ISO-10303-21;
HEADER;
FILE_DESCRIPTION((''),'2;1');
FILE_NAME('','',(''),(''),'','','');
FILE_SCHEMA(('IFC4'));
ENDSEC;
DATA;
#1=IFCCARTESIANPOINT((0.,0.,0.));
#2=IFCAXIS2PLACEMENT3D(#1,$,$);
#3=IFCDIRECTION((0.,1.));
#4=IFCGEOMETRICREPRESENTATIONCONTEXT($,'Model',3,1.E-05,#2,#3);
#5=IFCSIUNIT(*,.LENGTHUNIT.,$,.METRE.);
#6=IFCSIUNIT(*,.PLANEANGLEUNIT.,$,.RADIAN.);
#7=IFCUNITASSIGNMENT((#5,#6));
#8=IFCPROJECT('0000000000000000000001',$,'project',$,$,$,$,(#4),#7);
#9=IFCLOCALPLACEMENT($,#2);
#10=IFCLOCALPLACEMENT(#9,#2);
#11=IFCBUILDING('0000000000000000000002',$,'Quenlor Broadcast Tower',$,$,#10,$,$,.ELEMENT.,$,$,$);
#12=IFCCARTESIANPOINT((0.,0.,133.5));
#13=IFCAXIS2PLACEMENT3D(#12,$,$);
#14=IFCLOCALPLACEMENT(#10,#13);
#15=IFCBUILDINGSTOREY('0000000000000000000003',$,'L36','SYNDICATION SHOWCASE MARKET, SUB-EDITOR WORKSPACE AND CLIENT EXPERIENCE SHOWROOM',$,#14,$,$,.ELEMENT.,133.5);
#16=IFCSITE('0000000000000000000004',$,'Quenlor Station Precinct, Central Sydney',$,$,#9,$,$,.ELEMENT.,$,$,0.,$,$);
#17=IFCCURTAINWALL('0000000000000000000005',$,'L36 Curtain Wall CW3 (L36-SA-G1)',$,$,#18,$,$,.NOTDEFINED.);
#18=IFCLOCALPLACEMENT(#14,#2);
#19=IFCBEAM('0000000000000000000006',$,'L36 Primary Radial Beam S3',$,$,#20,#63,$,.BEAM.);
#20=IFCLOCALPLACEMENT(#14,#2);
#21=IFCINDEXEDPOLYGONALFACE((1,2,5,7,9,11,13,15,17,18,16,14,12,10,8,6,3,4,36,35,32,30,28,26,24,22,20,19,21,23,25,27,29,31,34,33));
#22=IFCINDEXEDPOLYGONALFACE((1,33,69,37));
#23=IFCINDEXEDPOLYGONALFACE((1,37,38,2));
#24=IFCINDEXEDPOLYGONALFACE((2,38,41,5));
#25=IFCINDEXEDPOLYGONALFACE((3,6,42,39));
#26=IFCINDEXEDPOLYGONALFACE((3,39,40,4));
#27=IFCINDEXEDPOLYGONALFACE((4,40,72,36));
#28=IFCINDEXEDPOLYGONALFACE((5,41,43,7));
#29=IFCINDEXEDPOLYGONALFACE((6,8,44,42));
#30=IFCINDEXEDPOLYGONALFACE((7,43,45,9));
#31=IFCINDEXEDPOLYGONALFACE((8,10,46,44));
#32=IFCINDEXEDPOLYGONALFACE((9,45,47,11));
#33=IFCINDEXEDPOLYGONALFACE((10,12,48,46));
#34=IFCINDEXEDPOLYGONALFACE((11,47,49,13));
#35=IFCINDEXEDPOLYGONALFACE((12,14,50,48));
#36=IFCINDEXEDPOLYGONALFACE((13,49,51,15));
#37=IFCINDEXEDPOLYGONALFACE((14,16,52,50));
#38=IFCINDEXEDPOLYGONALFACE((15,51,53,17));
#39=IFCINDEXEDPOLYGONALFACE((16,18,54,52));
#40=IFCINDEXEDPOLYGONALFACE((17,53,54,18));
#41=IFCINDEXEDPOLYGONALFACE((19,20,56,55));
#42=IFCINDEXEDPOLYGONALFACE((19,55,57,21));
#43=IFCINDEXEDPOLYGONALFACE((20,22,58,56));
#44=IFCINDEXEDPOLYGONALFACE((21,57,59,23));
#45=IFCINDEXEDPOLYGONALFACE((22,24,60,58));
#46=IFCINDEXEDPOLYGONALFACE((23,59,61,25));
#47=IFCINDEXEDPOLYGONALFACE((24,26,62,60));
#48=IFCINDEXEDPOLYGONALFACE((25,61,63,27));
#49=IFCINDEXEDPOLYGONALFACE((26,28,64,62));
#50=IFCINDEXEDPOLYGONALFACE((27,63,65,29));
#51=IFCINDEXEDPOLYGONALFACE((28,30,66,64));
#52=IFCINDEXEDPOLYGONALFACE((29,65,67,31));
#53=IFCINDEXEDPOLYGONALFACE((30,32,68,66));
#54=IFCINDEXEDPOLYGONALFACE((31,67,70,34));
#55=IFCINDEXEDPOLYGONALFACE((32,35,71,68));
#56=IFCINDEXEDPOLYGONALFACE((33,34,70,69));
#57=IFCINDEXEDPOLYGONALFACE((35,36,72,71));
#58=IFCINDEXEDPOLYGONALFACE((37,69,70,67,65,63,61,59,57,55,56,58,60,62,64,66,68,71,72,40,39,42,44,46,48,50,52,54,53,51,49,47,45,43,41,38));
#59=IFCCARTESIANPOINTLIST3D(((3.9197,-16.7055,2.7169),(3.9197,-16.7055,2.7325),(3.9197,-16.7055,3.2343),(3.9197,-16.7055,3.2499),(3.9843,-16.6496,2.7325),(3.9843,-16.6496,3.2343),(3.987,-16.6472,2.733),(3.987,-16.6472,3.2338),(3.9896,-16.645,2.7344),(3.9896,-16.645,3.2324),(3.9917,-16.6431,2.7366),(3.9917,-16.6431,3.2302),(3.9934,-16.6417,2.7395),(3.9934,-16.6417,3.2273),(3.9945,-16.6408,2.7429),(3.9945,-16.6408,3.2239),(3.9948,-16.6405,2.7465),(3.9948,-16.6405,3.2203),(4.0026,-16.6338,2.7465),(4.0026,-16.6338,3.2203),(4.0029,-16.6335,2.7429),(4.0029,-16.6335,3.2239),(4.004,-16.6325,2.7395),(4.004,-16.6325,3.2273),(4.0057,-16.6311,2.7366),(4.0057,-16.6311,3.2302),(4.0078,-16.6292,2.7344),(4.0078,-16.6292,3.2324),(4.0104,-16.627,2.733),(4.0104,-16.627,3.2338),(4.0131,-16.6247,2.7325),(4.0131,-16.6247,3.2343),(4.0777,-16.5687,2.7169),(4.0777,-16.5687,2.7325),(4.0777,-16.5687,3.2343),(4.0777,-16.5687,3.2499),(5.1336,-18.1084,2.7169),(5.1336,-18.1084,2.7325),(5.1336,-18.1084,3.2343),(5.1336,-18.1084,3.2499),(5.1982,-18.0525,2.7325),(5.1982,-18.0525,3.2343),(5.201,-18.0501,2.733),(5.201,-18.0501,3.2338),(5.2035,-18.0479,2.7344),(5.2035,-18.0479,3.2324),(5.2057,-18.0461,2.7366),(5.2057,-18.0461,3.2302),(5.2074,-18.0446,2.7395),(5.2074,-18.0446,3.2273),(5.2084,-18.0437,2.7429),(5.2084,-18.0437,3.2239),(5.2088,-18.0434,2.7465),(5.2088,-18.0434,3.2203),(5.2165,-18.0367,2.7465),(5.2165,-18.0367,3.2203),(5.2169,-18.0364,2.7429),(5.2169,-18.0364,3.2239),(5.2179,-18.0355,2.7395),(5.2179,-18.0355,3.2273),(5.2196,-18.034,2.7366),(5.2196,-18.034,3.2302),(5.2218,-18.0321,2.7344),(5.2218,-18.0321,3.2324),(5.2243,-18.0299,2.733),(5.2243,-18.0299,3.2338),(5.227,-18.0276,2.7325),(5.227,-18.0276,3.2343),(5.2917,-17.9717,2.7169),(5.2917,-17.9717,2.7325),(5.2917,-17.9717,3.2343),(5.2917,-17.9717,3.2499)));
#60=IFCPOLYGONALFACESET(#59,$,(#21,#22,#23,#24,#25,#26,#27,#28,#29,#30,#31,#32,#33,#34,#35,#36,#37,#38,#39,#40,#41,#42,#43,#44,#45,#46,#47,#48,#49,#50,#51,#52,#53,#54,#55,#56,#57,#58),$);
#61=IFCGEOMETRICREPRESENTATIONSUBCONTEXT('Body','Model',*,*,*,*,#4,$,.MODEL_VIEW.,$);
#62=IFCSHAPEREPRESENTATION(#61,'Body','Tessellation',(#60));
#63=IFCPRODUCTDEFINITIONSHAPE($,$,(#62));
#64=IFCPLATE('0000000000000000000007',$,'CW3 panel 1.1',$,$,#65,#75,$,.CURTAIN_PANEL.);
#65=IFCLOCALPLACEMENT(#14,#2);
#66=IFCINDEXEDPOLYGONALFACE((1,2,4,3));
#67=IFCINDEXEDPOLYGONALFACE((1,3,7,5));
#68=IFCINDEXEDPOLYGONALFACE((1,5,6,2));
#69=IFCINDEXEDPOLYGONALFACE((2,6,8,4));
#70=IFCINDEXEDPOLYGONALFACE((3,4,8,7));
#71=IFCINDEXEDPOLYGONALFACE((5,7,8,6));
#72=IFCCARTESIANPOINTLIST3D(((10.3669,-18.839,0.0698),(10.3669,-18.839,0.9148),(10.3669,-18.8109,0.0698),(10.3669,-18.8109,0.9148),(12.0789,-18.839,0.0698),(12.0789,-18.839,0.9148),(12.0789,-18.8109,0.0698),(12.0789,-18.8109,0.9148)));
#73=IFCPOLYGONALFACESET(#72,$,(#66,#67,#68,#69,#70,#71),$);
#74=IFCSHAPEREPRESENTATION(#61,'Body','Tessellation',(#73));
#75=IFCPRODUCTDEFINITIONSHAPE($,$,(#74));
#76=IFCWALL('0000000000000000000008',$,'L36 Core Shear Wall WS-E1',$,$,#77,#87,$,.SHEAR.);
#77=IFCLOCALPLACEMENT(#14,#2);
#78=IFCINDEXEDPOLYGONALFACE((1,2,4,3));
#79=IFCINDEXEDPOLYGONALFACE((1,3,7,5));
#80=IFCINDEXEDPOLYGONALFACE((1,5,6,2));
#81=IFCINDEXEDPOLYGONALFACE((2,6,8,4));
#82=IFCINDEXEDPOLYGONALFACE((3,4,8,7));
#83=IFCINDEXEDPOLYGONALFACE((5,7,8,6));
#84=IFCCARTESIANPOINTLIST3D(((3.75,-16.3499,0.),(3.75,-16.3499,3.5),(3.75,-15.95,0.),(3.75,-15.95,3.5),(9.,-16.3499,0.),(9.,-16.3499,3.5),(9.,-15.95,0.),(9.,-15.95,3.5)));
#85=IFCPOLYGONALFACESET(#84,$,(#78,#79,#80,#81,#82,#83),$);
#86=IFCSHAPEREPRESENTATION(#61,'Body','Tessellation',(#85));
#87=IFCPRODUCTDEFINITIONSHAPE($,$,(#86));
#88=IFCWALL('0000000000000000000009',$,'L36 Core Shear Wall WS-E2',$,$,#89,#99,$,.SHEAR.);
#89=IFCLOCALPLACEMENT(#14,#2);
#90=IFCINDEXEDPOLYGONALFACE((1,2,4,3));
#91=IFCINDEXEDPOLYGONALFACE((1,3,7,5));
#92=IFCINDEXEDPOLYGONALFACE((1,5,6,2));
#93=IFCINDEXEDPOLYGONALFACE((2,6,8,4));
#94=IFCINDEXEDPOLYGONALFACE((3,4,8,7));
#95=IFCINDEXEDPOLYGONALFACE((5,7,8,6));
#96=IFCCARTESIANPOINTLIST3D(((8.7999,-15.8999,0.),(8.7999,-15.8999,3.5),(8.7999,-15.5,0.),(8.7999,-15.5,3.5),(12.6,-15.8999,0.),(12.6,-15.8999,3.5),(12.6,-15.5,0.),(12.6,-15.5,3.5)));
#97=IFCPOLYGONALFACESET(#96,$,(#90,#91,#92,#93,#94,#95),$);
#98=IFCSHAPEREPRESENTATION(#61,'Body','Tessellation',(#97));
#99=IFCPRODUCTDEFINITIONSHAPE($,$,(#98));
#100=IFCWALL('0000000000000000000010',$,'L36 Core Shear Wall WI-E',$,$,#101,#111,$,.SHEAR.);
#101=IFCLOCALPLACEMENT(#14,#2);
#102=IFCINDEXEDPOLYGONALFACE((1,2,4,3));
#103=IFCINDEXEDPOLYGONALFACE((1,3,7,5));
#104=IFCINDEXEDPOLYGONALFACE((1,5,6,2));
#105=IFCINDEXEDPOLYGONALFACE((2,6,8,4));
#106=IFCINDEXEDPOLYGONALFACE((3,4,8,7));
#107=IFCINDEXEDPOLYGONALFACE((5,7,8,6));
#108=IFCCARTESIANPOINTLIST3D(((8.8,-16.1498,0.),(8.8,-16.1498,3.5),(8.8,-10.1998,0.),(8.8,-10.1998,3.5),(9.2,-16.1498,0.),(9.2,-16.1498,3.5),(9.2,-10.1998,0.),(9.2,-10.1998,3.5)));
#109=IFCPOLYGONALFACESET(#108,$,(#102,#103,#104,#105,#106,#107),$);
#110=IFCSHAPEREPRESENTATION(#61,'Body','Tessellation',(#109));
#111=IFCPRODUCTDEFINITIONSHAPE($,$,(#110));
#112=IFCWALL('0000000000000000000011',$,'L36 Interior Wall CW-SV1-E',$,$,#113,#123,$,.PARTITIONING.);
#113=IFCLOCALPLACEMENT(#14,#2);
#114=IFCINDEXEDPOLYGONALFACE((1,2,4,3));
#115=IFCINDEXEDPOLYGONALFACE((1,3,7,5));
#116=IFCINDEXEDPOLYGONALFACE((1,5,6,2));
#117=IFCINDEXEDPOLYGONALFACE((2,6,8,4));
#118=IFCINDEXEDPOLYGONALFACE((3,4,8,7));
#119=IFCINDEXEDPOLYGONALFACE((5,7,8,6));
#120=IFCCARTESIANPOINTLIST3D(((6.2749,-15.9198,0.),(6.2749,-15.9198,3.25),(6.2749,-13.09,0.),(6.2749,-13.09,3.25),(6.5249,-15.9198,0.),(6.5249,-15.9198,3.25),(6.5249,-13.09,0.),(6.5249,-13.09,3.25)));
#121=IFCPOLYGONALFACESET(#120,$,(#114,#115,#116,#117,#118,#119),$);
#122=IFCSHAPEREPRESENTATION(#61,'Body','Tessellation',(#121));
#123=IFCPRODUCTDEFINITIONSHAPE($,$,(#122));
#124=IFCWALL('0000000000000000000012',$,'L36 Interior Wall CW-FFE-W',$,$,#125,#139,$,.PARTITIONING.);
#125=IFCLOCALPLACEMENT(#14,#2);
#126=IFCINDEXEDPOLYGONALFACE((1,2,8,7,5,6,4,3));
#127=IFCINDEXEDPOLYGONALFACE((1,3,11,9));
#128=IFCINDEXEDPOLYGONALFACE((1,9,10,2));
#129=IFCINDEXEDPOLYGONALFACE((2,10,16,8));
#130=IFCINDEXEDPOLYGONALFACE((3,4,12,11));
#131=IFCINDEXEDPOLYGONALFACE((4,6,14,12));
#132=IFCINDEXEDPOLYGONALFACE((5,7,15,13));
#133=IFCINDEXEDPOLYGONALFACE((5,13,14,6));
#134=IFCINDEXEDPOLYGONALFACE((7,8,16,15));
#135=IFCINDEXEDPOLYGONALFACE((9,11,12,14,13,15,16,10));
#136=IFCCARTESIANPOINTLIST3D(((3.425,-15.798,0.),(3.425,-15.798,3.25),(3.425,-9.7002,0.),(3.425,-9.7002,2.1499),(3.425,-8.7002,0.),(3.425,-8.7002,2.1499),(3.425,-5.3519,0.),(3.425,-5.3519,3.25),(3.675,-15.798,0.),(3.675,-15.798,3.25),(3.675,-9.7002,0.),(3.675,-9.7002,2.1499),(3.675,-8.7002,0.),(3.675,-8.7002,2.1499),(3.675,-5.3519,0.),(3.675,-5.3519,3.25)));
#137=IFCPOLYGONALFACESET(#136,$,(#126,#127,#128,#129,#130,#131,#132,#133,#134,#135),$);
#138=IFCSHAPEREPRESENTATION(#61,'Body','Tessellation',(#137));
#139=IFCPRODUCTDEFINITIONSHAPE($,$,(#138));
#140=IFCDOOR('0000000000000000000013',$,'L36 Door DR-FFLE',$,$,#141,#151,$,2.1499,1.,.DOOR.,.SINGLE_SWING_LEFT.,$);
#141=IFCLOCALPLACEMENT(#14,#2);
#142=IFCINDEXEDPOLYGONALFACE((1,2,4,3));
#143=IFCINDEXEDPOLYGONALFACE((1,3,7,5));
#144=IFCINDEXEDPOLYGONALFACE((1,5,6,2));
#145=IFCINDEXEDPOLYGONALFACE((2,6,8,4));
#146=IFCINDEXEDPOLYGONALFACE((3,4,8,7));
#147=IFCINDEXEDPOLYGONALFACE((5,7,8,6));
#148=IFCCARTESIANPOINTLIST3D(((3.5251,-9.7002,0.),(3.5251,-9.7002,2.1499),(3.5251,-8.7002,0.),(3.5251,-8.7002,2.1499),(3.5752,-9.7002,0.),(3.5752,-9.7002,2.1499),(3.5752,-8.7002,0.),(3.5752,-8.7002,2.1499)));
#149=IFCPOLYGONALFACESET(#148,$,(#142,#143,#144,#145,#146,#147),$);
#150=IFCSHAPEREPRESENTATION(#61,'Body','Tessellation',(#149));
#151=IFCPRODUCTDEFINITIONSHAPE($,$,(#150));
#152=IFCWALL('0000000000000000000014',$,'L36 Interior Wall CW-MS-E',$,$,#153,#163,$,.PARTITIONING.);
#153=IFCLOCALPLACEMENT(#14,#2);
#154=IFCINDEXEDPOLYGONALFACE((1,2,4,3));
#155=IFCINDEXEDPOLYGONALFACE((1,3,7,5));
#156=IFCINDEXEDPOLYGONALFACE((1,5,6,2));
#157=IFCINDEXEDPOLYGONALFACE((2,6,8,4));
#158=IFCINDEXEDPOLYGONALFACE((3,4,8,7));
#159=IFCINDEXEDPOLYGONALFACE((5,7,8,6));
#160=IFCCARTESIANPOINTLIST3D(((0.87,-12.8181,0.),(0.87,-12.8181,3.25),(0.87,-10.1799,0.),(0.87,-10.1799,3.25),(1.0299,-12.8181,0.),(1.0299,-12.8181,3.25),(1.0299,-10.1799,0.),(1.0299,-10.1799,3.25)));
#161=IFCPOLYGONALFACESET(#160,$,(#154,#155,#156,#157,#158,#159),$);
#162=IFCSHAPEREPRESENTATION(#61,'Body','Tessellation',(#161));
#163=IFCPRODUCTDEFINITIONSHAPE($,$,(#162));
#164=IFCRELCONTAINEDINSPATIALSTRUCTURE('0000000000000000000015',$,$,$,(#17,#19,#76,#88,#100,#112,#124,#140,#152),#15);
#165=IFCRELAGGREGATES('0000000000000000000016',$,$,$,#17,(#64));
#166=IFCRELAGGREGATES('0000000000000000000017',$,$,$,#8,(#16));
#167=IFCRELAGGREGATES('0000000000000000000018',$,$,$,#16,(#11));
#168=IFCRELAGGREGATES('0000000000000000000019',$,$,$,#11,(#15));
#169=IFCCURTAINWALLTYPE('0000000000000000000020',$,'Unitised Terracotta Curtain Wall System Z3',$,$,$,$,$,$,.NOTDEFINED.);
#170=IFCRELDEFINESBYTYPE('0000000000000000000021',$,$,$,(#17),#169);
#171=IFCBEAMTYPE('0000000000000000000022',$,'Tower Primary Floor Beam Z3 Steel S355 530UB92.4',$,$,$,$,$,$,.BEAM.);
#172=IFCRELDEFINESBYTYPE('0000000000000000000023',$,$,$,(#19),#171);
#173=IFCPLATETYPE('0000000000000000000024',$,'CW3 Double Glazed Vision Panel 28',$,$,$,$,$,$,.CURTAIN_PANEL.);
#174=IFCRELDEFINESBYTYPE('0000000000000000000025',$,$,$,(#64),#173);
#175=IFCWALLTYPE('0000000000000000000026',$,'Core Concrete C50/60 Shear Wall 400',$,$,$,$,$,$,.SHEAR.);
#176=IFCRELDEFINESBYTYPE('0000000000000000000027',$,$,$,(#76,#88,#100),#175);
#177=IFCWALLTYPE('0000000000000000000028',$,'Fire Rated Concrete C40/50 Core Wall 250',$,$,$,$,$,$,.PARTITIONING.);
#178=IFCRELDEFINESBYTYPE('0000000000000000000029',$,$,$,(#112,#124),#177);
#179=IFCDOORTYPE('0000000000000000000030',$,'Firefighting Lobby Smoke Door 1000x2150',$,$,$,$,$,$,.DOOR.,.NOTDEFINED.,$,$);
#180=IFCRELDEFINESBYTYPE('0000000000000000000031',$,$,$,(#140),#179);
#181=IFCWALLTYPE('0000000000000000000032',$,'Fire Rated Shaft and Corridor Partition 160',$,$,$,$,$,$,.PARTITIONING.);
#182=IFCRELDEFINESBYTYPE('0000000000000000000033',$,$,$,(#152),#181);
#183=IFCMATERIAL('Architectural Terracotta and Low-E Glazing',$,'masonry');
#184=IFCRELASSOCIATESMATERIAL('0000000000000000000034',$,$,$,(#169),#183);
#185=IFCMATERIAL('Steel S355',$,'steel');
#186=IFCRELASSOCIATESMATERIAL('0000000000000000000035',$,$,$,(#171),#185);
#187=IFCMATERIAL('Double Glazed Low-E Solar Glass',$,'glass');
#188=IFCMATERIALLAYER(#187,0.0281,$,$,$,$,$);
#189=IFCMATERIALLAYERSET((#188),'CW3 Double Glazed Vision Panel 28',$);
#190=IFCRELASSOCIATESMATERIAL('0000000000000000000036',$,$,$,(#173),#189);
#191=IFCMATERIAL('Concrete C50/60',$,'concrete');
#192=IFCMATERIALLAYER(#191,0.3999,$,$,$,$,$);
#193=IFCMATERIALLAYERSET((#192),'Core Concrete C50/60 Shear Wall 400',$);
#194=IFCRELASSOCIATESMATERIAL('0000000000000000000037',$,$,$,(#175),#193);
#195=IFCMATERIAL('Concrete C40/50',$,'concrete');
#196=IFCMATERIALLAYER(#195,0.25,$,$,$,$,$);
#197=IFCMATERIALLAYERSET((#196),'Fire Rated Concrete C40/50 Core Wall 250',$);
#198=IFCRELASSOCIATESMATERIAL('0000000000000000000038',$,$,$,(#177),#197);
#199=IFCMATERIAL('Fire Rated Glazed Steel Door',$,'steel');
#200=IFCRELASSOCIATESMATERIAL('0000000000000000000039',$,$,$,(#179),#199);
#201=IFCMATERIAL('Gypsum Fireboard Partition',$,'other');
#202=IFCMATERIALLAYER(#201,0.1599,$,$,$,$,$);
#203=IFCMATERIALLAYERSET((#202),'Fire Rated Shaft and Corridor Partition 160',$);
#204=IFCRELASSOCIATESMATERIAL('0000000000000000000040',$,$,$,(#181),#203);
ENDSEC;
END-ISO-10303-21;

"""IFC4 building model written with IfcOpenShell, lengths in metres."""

from ifc_helpers import new_model, si_unit, direction, frame, frame_2d, origin, origin_2d, place, context, subcontext, project, spatial, rectangle, i_section, extrude, material, layer, layer_set, material_profile, profile_set, type_object, element, fill, aggregate, save


model = new_model("IFC4")

# Units and contexts
model_context = context("Model", 3, precision=1e-05, world=origin(), true_north=direction((0.0, 1.0)))
body_context = subcontext(model_context, "Body", "Model", "MODEL_VIEW")
ifc_project = project(units=[si_unit("LENGTHUNIT", "METRE"), si_unit("PLANEANGLEUNIT", "RADIAN")], contexts=[model_context])

# Site, building, storey
site_placement = place(None, origin())
site = spatial("IfcSite", under=ifc_project, at=site_placement, Name="Quenlor Station Precinct, Central Sydney", CompositionType="ELEMENT", RefElevation=0.0)
building_placement = place(site_placement, origin())
building = spatial("IfcBuilding", under=site, at=building_placement, Name="Quenlor Broadcast Tower", CompositionType="ELEMENT")
storey_placement = place(building_placement, frame((0.0, 0.0, 133.5)))
storey = spatial("IfcBuildingStorey", under=building, at=storey_placement, Name="L36", Description="SYNDICATION SHOWCASE MARKET, SUB-EDITOR WORKSPACE AND CLIENT EXPERIENCE SHOWROOM", CompositionType="ELEMENT", Elevation=133.5)

# Curtain wall
ifc_material_1 = material(Name="Architectural Terracotta and Low-E Glazing", Category="masonry")
curtain_wall_type = type_object("IfcCurtainWallType", Name="Unitised Terracotta Curtain Wall System Z3", PredefinedType="NOTDEFINED", material=ifc_material_1)
curtain_wall_placement = place(storey_placement, origin())
curtain_wall = element("IfcCurtainWall", 1, at=curtain_wall_placement, inside=storey, type_object=curtain_wall_type, Name="L36 Curtain Wall CW3 (L36-SA-G1)", PredefinedType="NOTDEFINED")

# Beam
ifc_material_2 = material(Name="Steel S355", Category="steel")
ifc_material_profile_1 = material_profile(ifc_material_2, i_section(OverallWidth=0.209, OverallDepth=0.533, WebThickness=0.0103, FlangeThickness=0.0156, FilletRadius=0.0139, at=origin_2d()))
ifc_profile_set_1 = profile_set([ifc_material_profile_1], Name="Steel S355 530UB92.4")
beam_type_1 = type_object("IfcBeamType", Name="Tower Primary Floor Beam Z3 Steel S355 530UB92.4", PredefinedType="BEAM", material=ifc_profile_set_1)
beam_1_placement = place(storey_placement, frame((5.2126, -18.04, 2.9834), z_axis=(-0.654339, 0.756201, 0.0), x_axis=(-0.756201, -0.654339, 0.0)))
element("IfcBeam", 2, at=beam_1_placement, inside=storey, type_object=beam_type_1, Name="L36 Primary Radial Beam S3", PredefinedType="BEAM", context=body_context, shape_type="SweptSolid", body=[
    extrude(i_section(OverallWidth=0.209, OverallDepth=0.533, WebThickness=0.0103, FlangeThickness=0.0156, FilletRadius=0.0139, at=origin_2d()), origin(), (0.0, 0.0, 1.0), 1.8552),
])

# Plate
ifc_material_3 = material(Name="Double Glazed Low-E Solar Glass", Category="glass")
ifc_layer_1 = layer(ifc_material_3, 0.0281)
ifc_layer_set_1 = layer_set([ifc_layer_1], Name="CW3 Double Glazed Vision Panel 28")
plate_type = type_object("IfcPlateType", Name="CW3 Double Glazed Vision Panel 28", PredefinedType="CURTAIN_PANEL", material=ifc_layer_set_1)
plate_placement = place(storey_placement, frame((11.2229, -18.825, 0.0698), z_axis=(0.0, 0.0, 1.0), x_axis=(-1.0, 0.0, 0.0)))
plate = element("IfcPlate", 3, at=plate_placement, type_object=plate_type, Name="CW3 panel 1.1", PredefinedType="CURTAIN_PANEL", context=body_context, shape_type="SweptSolid", body=[
    extrude(rectangle(XDim=1.7119, YDim=0.0281, at=origin_2d()), origin(), (0.0, 0.0, 1.0), 0.845),
])
aggregate(curtain_wall, [plate])

# Walls
ifc_material_4 = material(Name="Concrete C50/60", Category="concrete")
ifc_layer_2 = layer(ifc_material_4, 0.3999)
ifc_layer_set_2 = layer_set([ifc_layer_2], Name="Core Concrete C50/60 Shear Wall 400")
wall_type_1 = type_object("IfcWallType", Name="Core Concrete C50/60 Shear Wall 400", PredefinedType="SHEAR", material=ifc_layer_set_2)
wall_1_placement = place(storey_placement, frame((3.75, -16.1499, 0.0), z_axis=(0.0, 0.0, 1.0), x_axis=(1.0, 0.0, 0.0)))
element("IfcWall", 4, at=wall_1_placement, inside=storey, type_object=wall_type_1, Name="L36 Core Shear Wall WS-E1", PredefinedType="SHEAR", context=body_context, shape_type="SweptSolid", body=[
    extrude(rectangle(XDim=5.25, YDim=0.3999, at=frame_2d((2.625, 0.0))), origin(), (0.0, 0.0, 1.0), 3.5),
])
wall_2_placement = place(storey_placement, frame((8.8, -15.7, 0.0), z_axis=(0.0, 0.0, 1.0), x_axis=(1.0, 0.0, 0.0)))
element("IfcWall", 5, at=wall_2_placement, inside=storey, type_object=wall_type_1, Name="L36 Core Shear Wall WS-E2", PredefinedType="SHEAR", context=body_context, shape_type="SweptSolid", body=[
    extrude(rectangle(XDim=3.8, YDim=0.3999, at=frame_2d((1.8999, 0.0))), origin(), (0.0, 0.0, 1.0), 3.5),
])
wall_3_placement = place(storey_placement, frame((9.0, -16.1499, 0.0), z_axis=(0.0, 0.0, 1.0), x_axis=(0.0, 1.0, 0.0)))
element("IfcWall", 6, at=wall_3_placement, inside=storey, type_object=wall_type_1, Name="L36 Core Shear Wall WI-E", PredefinedType="SHEAR", context=body_context, shape_type="SweptSolid", body=[
    extrude(rectangle(XDim=5.95, YDim=0.3999, at=frame_2d((2.9751, 0.0))), origin(), (0.0, 0.0, 1.0), 3.5),
])

# Shared definitions
ifc_material_5 = material(Name="Concrete C40/50", Category="concrete")
ifc_layer_3 = layer(ifc_material_5, 0.25)
ifc_layer_set_3 = layer_set([ifc_layer_3], Name="Fire Rated Concrete C40/50 Core Wall 250")
wall_type_2 = type_object("IfcWallType", Name="Fire Rated Concrete C40/50 Core Wall 250", PredefinedType="PARTITIONING", material=ifc_layer_set_3)

# Wall
wall_4_placement = place(storey_placement, frame((6.3999, -15.9199, 0.0), z_axis=(0.0, 0.0, 1.0), x_axis=(0.0, 1.0, 0.0)))
element("IfcWall", 7, at=wall_4_placement, inside=storey, type_object=wall_type_2, Name="L36 Interior Wall CW-SV1-E", PredefinedType="PARTITIONING", context=body_context, shape_type="SweptSolid", body=[
    extrude(rectangle(XDim=2.8298, YDim=0.25, at=frame_2d((1.415, 0.0))), origin(), (0.0, 0.0, 1.0), 3.25),
])

# Wall, opening, door
wall_5_placement = place(storey_placement, frame((3.55, -15.7981, 0.0), z_axis=(0.0, 0.0, 1.0), x_axis=(0.0, 1.0, 0.0)))
wall_5 = element("IfcWall", 8, at=wall_5_placement, inside=storey, type_object=wall_type_2, Name="L36 Interior Wall CW-FFE-W", PredefinedType="PARTITIONING", context=body_context, shape_type="SweptSolid", body=[
    extrude(rectangle(XDim=10.446, YDim=0.25, at=frame_2d((5.2231, 0.0))), origin(), (0.0, 0.0, 1.0), 3.25),
])
opening_1_placement = place(wall_5_placement, frame((6.0979, 0.0, 0.0)))
opening_1 = element("IfcOpeningElement", 9, at=opening_1_placement, cuts=wall_5, PredefinedType="OPENING", context=body_context, shape_type="SweptSolid", body=[
    extrude(rectangle(XDim=1.0, YDim=2.1499, at=frame_2d((0.5, 1.075))), frame((0.0, 0.135, 0.0), z_axis=(0.0, -1.0, 0.0), x_axis=(1.0, 0.0, 0.0)), (0.0, 0.0, 1.0), 0.27),
])
ifc_material_6 = material(Name="Fire Rated Glazed Steel Door", Category="steel")
door_type_1 = type_object("IfcDoorType", Name="Firefighting Lobby Smoke Door 1000x2150", OperationType="NOTDEFINED", PredefinedType="DOOR", material=ifc_material_6)
door_1_placement = place(opening_1_placement, origin())
door_1 = element("IfcDoor", 10, at=door_1_placement, inside=storey, type_object=door_type_1, Name="L36 Door DR-FFLE", OperationType="SINGLE_SWING_LEFT", OverallHeight=2.1499, OverallWidth=1.0, PredefinedType="DOOR", context=body_context, shape_type="SweptSolid", body=[
    extrude(rectangle(XDim=1.0, YDim=2.1499, at=frame_2d((0.5, 1.075))), frame((0.0, 0.0249, 0.0), z_axis=(0.0, -1.0, 0.0), x_axis=(1.0, 0.0, 0.0)), (0.0, 0.0, 1.0), 0.05),
])
fill(opening_1, door_1)

# Wall
ifc_material_7 = material(Name="Gypsum Fireboard Partition", Category="other")
ifc_layer_4 = layer(ifc_material_7, 0.1599)
ifc_layer_set_4 = layer_set([ifc_layer_4], Name="Fire Rated Shaft and Corridor Partition 160")
wall_type_3 = type_object("IfcWallType", Name="Fire Rated Shaft and Corridor Partition 160", PredefinedType="PARTITIONING", material=ifc_layer_set_4)
wall_6_placement = place(storey_placement, frame((0.95, -12.8181, 0.0), z_axis=(0.0, 0.0, 1.0), x_axis=(0.0, 1.0, 0.0)))
element("IfcWall", 11, at=wall_6_placement, inside=storey, type_object=wall_type_3, Name="L36 Interior Wall CW-MS-E", PredefinedType="PARTITIONING", context=body_context, shape_type="SweptSolid", body=[
    extrude(rectangle(XDim=2.6382, YDim=0.1599, at=frame_2d((1.3191, 0.0))), origin(), (0.0, 0.0, 1.0), 3.25),
])

save(model, "model.ifc")
